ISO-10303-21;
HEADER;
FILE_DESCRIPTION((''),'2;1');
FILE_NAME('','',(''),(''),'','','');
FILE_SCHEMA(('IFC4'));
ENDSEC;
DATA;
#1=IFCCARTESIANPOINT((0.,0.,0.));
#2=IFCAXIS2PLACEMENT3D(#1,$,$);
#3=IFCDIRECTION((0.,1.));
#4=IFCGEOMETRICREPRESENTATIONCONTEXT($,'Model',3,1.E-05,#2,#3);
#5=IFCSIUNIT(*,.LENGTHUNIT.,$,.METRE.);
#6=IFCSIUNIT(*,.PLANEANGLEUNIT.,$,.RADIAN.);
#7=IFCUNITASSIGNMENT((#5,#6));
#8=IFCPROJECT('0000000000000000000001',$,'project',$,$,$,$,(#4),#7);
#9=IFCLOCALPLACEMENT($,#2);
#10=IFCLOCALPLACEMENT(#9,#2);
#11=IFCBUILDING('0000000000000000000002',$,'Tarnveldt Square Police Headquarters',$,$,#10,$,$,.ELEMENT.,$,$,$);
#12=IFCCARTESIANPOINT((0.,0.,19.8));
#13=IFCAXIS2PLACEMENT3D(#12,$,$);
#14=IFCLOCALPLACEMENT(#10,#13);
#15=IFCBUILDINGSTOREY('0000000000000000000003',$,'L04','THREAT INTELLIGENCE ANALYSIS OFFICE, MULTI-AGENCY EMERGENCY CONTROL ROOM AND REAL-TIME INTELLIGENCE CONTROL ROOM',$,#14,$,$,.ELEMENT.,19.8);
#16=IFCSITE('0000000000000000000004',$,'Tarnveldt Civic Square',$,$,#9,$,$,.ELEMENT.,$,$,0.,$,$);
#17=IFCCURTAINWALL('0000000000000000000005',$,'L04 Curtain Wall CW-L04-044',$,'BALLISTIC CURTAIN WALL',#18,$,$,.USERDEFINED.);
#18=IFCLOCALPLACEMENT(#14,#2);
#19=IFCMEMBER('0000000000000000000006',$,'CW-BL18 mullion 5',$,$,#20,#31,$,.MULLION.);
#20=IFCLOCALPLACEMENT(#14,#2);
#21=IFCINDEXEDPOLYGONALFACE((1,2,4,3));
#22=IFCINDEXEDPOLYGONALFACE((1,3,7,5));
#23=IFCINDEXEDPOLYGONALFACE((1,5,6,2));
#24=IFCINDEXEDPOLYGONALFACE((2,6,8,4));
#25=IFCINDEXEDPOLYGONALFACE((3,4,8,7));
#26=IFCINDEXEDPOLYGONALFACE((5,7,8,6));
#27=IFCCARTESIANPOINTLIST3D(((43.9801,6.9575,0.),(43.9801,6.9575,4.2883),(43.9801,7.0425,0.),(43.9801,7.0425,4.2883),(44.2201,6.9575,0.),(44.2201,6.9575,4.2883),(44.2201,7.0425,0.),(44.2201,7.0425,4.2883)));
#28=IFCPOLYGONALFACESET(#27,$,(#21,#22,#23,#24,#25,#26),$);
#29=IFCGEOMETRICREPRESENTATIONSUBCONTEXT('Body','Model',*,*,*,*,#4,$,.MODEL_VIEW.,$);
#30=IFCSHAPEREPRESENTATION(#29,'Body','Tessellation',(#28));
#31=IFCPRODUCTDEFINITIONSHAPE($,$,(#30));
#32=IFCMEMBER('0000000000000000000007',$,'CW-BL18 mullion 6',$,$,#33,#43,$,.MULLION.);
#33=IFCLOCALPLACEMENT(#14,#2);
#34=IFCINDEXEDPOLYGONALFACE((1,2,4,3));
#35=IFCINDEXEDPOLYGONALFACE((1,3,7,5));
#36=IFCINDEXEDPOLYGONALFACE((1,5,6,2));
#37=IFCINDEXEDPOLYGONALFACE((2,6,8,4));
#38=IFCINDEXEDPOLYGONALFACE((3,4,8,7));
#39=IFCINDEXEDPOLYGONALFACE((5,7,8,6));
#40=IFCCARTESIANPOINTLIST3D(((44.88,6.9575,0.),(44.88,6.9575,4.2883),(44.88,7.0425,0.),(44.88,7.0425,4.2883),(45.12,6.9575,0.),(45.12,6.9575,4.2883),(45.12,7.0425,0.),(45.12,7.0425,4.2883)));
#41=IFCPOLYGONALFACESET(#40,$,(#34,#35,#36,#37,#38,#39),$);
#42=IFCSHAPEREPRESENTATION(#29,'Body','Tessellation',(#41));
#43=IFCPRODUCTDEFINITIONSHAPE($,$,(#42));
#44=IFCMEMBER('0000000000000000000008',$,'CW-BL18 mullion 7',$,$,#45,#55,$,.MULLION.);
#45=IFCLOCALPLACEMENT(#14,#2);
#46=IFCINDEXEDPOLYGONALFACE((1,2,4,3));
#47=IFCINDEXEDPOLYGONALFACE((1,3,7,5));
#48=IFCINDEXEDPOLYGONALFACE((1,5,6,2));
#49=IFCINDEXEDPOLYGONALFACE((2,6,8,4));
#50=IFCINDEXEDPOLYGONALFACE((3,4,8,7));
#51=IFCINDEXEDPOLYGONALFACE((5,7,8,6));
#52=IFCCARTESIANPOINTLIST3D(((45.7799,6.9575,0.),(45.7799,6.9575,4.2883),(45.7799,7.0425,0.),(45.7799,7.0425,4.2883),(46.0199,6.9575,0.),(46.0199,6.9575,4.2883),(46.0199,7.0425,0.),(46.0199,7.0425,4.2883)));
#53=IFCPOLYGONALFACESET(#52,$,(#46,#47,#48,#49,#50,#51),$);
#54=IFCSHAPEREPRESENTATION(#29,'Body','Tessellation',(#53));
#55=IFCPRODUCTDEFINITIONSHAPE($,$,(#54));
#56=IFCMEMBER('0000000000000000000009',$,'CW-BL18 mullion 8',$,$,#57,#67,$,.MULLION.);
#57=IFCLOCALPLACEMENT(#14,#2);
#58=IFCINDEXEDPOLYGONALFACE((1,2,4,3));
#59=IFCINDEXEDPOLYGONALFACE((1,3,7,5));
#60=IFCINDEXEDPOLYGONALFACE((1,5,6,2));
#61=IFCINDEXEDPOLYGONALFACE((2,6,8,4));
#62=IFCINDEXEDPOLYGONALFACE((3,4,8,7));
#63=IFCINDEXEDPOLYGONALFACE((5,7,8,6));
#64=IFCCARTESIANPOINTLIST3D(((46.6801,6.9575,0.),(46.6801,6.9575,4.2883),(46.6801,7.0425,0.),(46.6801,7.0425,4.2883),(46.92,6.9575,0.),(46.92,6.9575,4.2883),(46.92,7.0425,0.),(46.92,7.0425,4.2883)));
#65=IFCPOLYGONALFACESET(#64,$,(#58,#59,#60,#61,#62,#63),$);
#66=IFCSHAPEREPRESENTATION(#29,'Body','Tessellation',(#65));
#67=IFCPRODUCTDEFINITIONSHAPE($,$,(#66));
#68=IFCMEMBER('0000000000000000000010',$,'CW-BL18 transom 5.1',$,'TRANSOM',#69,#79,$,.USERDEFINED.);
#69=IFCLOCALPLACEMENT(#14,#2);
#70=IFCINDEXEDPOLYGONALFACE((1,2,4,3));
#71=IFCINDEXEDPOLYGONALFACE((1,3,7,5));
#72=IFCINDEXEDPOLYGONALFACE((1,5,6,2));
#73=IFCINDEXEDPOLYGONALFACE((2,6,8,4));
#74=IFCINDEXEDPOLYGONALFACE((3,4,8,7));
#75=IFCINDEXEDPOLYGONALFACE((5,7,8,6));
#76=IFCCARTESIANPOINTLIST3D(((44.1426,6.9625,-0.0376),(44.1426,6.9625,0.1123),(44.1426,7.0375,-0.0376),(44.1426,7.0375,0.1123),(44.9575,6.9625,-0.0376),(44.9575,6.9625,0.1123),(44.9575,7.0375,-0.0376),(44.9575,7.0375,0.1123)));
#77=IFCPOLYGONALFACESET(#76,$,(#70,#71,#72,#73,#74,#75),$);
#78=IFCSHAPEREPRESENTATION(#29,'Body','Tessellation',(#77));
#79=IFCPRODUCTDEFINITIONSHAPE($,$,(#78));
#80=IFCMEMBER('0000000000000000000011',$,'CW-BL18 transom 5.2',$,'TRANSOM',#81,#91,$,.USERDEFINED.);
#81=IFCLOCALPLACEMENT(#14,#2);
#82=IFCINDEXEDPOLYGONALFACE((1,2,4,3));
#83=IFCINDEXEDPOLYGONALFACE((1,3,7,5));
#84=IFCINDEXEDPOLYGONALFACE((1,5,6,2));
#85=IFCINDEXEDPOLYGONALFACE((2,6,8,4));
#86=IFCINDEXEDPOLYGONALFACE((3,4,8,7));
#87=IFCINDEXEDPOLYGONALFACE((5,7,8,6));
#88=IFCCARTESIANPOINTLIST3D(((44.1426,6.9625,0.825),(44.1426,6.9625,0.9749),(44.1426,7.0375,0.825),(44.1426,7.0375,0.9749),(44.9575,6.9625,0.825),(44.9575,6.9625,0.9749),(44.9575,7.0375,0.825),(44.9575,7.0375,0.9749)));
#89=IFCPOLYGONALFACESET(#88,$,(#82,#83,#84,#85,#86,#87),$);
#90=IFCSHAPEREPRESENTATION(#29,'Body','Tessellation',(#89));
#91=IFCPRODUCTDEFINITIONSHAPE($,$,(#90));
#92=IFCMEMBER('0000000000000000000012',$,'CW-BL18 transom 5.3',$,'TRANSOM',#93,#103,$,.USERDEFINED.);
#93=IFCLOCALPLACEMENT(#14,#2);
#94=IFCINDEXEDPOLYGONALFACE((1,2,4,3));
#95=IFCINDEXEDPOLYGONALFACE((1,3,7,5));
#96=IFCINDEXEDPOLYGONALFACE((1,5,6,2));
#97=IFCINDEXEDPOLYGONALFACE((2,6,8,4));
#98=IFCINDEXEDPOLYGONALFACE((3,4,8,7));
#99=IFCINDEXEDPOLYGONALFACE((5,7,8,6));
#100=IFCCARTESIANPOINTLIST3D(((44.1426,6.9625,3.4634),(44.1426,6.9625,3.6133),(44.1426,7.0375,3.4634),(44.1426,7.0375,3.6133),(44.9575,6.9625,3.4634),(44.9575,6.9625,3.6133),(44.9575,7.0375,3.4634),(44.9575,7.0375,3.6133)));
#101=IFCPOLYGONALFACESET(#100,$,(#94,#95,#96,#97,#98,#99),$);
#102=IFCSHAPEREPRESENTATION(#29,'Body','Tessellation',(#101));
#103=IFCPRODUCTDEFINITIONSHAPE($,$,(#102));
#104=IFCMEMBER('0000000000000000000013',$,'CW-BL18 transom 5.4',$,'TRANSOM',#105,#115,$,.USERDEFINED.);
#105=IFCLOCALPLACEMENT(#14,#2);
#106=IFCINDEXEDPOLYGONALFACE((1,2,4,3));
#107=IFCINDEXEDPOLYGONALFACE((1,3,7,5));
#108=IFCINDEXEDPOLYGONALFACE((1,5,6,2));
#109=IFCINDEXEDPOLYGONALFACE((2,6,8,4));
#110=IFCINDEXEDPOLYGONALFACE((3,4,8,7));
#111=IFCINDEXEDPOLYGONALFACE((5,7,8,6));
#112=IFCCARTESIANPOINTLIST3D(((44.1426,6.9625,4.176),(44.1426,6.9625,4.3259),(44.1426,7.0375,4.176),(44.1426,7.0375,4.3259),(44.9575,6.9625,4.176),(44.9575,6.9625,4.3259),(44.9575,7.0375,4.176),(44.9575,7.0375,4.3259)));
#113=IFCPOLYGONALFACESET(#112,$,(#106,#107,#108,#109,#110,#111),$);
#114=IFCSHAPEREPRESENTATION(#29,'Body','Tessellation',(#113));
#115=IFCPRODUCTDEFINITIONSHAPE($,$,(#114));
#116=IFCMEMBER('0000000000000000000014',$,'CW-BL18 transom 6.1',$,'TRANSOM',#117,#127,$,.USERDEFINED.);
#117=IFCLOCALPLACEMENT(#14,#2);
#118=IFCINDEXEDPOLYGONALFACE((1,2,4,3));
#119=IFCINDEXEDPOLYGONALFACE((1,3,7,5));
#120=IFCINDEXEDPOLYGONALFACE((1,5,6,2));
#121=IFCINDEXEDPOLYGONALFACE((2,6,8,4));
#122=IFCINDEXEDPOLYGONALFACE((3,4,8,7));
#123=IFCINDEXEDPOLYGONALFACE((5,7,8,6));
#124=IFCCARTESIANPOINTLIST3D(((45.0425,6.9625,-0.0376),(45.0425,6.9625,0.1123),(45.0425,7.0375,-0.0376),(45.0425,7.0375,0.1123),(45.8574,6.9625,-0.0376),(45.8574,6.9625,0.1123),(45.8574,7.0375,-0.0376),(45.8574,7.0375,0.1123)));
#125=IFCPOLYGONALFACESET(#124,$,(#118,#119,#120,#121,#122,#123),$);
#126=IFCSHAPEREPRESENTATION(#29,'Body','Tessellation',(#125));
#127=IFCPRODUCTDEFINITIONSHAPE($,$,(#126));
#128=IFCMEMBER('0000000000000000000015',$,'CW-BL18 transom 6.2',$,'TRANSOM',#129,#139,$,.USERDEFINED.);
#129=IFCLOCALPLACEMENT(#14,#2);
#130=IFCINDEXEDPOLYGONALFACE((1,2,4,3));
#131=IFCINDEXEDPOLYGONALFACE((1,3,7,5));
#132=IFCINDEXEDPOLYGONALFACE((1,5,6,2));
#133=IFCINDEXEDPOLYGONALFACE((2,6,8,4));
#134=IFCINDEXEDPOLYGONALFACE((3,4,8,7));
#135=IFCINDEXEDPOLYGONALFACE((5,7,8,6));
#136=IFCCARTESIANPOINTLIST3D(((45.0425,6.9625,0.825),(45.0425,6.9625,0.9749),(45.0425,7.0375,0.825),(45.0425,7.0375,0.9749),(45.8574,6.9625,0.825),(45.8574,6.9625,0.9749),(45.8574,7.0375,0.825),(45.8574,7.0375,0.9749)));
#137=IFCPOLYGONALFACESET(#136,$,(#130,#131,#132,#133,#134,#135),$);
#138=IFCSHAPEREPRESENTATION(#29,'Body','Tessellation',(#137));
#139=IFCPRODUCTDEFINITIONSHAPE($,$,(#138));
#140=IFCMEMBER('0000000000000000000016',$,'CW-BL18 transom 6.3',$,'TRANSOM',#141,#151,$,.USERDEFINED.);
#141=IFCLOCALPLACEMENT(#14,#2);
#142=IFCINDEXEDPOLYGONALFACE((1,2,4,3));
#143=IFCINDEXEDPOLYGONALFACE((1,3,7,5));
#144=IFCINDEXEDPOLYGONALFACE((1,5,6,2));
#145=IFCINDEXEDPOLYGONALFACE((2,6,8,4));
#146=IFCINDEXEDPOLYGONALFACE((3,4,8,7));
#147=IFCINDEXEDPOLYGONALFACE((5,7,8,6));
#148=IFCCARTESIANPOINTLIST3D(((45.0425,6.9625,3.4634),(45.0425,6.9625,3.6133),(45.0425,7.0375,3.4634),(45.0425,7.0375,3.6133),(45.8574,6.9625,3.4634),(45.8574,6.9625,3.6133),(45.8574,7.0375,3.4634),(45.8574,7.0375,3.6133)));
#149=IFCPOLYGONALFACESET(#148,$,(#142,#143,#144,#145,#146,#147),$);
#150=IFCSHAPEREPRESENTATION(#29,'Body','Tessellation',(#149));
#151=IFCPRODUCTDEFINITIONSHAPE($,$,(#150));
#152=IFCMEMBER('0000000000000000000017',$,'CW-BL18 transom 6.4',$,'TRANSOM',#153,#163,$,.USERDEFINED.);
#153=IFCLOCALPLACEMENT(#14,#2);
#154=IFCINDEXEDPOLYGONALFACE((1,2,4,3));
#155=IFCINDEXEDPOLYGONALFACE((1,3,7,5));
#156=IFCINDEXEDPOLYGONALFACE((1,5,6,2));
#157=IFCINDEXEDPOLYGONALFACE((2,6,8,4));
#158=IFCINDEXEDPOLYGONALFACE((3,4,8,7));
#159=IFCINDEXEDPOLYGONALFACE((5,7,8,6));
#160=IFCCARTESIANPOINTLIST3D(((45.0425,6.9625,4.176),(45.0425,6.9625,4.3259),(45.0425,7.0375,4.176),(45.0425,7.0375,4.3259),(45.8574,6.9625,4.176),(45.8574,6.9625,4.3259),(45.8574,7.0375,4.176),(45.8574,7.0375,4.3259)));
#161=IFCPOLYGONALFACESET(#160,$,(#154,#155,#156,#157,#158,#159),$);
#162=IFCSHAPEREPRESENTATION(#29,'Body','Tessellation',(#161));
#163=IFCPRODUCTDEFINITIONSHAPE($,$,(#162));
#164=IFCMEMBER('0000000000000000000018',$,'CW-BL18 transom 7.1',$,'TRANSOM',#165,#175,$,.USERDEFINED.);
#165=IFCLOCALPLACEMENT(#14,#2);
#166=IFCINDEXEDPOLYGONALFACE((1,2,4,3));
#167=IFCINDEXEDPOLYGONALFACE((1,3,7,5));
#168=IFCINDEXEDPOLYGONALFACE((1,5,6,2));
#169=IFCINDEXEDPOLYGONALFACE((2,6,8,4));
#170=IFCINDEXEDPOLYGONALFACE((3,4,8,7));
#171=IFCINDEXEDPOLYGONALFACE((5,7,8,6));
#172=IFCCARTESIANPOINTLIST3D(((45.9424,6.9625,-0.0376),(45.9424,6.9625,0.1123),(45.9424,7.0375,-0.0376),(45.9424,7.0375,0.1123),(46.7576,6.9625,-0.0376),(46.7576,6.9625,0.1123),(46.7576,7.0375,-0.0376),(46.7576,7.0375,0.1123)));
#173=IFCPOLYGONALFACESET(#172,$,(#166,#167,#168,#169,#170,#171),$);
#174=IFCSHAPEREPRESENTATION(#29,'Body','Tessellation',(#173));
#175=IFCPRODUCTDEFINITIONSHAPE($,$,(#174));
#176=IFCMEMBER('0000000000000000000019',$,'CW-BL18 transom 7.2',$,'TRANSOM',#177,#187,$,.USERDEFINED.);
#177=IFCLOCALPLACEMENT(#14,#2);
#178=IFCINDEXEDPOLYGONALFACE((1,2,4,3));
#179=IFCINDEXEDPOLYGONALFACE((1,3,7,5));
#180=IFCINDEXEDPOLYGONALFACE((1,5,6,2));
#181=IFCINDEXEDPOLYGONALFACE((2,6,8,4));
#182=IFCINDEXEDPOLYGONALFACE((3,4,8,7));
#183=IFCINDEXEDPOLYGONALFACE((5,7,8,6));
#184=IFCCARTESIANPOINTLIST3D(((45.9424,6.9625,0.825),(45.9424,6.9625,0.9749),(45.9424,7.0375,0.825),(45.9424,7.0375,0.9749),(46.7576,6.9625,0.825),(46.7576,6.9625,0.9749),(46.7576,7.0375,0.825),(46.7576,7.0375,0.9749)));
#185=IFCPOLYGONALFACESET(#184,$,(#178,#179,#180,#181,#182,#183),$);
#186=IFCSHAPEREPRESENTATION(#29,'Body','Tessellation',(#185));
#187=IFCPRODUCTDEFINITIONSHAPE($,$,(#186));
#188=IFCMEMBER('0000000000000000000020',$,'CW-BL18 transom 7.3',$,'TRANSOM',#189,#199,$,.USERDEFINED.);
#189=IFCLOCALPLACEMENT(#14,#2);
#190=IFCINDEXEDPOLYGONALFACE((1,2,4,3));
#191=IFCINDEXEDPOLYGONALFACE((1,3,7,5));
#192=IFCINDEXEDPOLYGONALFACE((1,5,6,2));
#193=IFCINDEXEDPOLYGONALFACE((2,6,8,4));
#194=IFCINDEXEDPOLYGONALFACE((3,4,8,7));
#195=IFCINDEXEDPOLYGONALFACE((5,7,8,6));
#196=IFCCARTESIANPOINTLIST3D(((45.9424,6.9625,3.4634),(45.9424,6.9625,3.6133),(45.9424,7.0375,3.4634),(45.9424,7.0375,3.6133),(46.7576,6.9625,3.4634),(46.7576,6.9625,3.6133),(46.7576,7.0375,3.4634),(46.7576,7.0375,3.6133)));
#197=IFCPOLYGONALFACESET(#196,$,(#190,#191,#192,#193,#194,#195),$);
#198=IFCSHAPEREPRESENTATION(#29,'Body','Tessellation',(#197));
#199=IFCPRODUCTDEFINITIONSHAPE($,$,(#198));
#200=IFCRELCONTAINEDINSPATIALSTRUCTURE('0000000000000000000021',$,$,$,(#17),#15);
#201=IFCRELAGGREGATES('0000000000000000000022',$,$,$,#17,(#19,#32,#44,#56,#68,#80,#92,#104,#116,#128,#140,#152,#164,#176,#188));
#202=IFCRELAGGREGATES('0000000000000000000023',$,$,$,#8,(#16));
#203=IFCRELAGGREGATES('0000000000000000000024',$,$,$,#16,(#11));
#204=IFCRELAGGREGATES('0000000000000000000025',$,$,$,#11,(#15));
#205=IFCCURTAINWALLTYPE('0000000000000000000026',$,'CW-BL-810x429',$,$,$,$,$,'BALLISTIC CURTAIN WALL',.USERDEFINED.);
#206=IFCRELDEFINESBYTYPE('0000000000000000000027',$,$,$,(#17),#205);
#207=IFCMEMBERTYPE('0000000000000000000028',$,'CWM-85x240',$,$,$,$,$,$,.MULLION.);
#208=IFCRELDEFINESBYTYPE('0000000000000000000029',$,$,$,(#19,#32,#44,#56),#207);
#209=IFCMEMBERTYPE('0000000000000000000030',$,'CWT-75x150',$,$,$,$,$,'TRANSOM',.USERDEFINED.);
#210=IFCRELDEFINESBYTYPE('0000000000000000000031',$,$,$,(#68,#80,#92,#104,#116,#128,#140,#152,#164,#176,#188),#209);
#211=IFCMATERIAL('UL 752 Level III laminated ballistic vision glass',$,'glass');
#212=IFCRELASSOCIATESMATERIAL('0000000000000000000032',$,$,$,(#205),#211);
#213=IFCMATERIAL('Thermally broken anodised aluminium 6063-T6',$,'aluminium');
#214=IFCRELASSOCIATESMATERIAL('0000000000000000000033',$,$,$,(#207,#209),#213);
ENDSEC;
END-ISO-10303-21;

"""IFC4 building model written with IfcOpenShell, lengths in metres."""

from ifc_helpers import new_model, si_unit, direction, frame, origin, origin_2d, place, context, subcontext, project, spatial, rectangle, extrude, material, material_profile, profile_set, type_object, element, aggregate, save


model = new_model("IFC4")

# Units and contexts
model_context = context("Model", 3, precision=1e-05, world=origin(), true_north=direction((0.0, 1.0)))
body_context = subcontext(model_context, "Body", "Model", "MODEL_VIEW")
ifc_project = project(units=[si_unit("LENGTHUNIT", "METRE"), si_unit("PLANEANGLEUNIT", "RADIAN")], contexts=[model_context])

# Site, building, storey
site_placement = place(None, origin())
site = spatial("IfcSite", under=ifc_project, at=site_placement, Name="Tarnveldt Civic Square", CompositionType="ELEMENT", RefElevation=0.0)
building_placement = place(site_placement, origin())
building = spatial("IfcBuilding", under=site, at=building_placement, Name="Tarnveldt Square Police Headquarters", CompositionType="ELEMENT")
storey_placement = place(building_placement, frame((0.0, 0.0, 19.8)))
storey = spatial("IfcBuildingStorey", under=building, at=storey_placement, Name="L04", Description="THREAT INTELLIGENCE ANALYSIS OFFICE, MULTI-AGENCY EMERGENCY CONTROL ROOM AND REAL-TIME INTELLIGENCE CONTROL ROOM", CompositionType="ELEMENT", Elevation=19.8)

# Curtain wall, members
ifc_material_1 = material(Name="UL 752 Level III laminated ballistic vision glass", Category="glass")
curtain_wall_type = type_object("IfcCurtainWallType", Name="CW-BL-810x429", ElementType="BALLISTIC CURTAIN WALL", PredefinedType="USERDEFINED", material=ifc_material_1)
curtain_wall_placement = place(storey_placement, origin())
curtain_wall = element("IfcCurtainWall", 1, at=curtain_wall_placement, inside=storey, type_object=curtain_wall_type, Name="L04 Curtain Wall CW-L04-044", ObjectType="BALLISTIC CURTAIN WALL", PredefinedType="USERDEFINED")
ifc_material_2 = material(Name="Thermally broken anodised aluminium 6063-T6", Category="aluminium")
ifc_material_profile_1 = material_profile(ifc_material_2, rectangle(XDim=0.085, YDim=0.24, at=origin_2d()), Name="CW-M85x240")
ifc_profile_set_1 = profile_set([ifc_material_profile_1], Name="Thermally broken anodised aluminium 6063-T6")
member_type_1 = type_object("IfcMemberType", Name="CWM-85x240", PredefinedType="MULLION", material=ifc_profile_set_1)
member_1_placement = place(storey_placement, frame((44.1001, 7.0, 0.0), z_axis=(0.0, 0.0, 1.0), x_axis=(0.0, 1.0, 0.0)))
member_1 = element("IfcMember", 2, at=member_1_placement, type_object=member_type_1, Name="CW-BL18 mullion 5", PredefinedType="MULLION", context=body_context, shape_type="SweptSolid", body=[
    extrude(rectangle(XDim=0.085, YDim=0.24, at=origin_2d()), origin(), (0.0, 0.0, 1.0), 4.2883),
])
member_2_placement = place(storey_placement, frame((45.0, 7.0, 0.0), z_axis=(0.0, 0.0, 1.0), x_axis=(0.0, 1.0, 0.0)))
member_2 = element("IfcMember", 3, at=member_2_placement, type_object=member_type_1, Name="CW-BL18 mullion 6", PredefinedType="MULLION", context=body_context, shape_type="SweptSolid", body=[
    extrude(rectangle(XDim=0.085, YDim=0.24, at=origin_2d()), origin(), (0.0, 0.0, 1.0), 4.2883),
])
member_3_placement = place(storey_placement, frame((45.8999, 7.0, 0.0), z_axis=(0.0, 0.0, 1.0), x_axis=(0.0, 1.0, 0.0)))
member_3 = element("IfcMember", 4, at=member_3_placement, type_object=member_type_1, Name="CW-BL18 mullion 7", PredefinedType="MULLION", context=body_context, shape_type="SweptSolid", body=[
    extrude(rectangle(XDim=0.085, YDim=0.24, at=origin_2d()), origin(), (0.0, 0.0, 1.0), 4.2883),
])
member_4_placement = place(storey_placement, frame((46.8, 7.0, 0.0), z_axis=(0.0, 0.0, 1.0), x_axis=(0.0, 1.0, 0.0)))
member_4 = element("IfcMember", 5, at=member_4_placement, type_object=member_type_1, Name="CW-BL18 mullion 8", PredefinedType="MULLION", context=body_context, shape_type="SweptSolid", body=[
    extrude(rectangle(XDim=0.085, YDim=0.24, at=origin_2d()), origin(), (0.0, 0.0, 1.0), 4.2883),
])
ifc_material_profile_2 = material_profile(ifc_material_2, rectangle(XDim=0.075, YDim=0.1499, at=origin_2d()), Name="CW-T75x150")
ifc_profile_set_2 = profile_set([ifc_material_profile_2], Name="Thermally broken anodised aluminium 6063-T6")
member_type_2 = type_object("IfcMemberType", Name="CWT-75x150", ElementType="TRANSOM", PredefinedType="USERDEFINED", material=ifc_profile_set_2)
member_5_placement = place(storey_placement, frame((44.1426, 7.0, 0.0374), z_axis=(1.0, 0.0, 0.0), x_axis=(0.0, 1.0, 0.0)))
member_5 = element("IfcMember", 6, at=member_5_placement, type_object=member_type_2, Name="CW-BL18 transom 5.1", ObjectType="TRANSOM", PredefinedType="USERDEFINED", context=body_context, shape_type="SweptSolid", body=[
    extrude(rectangle(XDim=0.075, YDim=0.1499, at=origin_2d()), origin(), (0.0, 0.0, 1.0), 0.8149),
])
member_6_placement = place(storey_placement, frame((44.1426, 7.0, 0.8999), z_axis=(1.0, 0.0, 0.0), x_axis=(0.0, 1.0, 0.0)))
member_6 = element("IfcMember", 7, at=member_6_placement, type_object=member_type_2, Name="CW-BL18 transom 5.2", ObjectType="TRANSOM", PredefinedType="USERDEFINED", context=body_context, shape_type="SweptSolid", body=[
    extrude(rectangle(XDim=0.075, YDim=0.1499, at=origin_2d()), origin(), (0.0, 0.0, 1.0), 0.8149),
])
member_7_placement = place(storey_placement, frame((44.1426, 7.0, 3.5383), z_axis=(1.0, 0.0, 0.0), x_axis=(0.0, 1.0, 0.0)))
member_7 = element("IfcMember", 8, at=member_7_placement, type_object=member_type_2, Name="CW-BL18 transom 5.3", ObjectType="TRANSOM", PredefinedType="USERDEFINED", context=body_context, shape_type="SweptSolid", body=[
    extrude(rectangle(XDim=0.075, YDim=0.1499, at=origin_2d()), origin(), (0.0, 0.0, 1.0), 0.8149),
])
member_8_placement = place(storey_placement, frame((44.1426, 7.0, 4.251), z_axis=(1.0, 0.0, 0.0), x_axis=(0.0, 1.0, 0.0)))
member_8 = element("IfcMember", 9, at=member_8_placement, type_object=member_type_2, Name="CW-BL18 transom 5.4", ObjectType="TRANSOM", PredefinedType="USERDEFINED", context=body_context, shape_type="SweptSolid", body=[
    extrude(rectangle(XDim=0.075, YDim=0.1499, at=origin_2d()), origin(), (0.0, 0.0, 1.0), 0.8149),
])
member_9_placement = place(storey_placement, frame((45.0425, 7.0, 0.0374), z_axis=(1.0, 0.0, 0.0), x_axis=(0.0, 1.0, 0.0)))
member_9 = element("IfcMember", 10, at=member_9_placement, type_object=member_type_2, Name="CW-BL18 transom 6.1", ObjectType="TRANSOM", PredefinedType="USERDEFINED", context=body_context, shape_type="SweptSolid", body=[
    extrude(rectangle(XDim=0.075, YDim=0.1499, at=origin_2d()), origin(), (0.0, 0.0, 1.0), 0.8149),
])
member_10_placement = place(storey_placement, frame((45.0425, 7.0, 0.8999), z_axis=(1.0, 0.0, 0.0), x_axis=(0.0, 1.0, 0.0)))
member_10 = element("IfcMember", 11, at=member_10_placement, type_object=member_type_2, Name="CW-BL18 transom 6.2", ObjectType="TRANSOM", PredefinedType="USERDEFINED", context=body_context, shape_type="SweptSolid", body=[
    extrude(rectangle(XDim=0.075, YDim=0.1499, at=origin_2d()), origin(), (0.0, 0.0, 1.0), 0.8149),
])
member_11_placement = place(storey_placement, frame((45.0425, 7.0, 3.5383), z_axis=(1.0, 0.0, 0.0), x_axis=(0.0, 1.0, 0.0)))
member_11 = element("IfcMember", 12, at=member_11_placement, type_object=member_type_2, Name="CW-BL18 transom 6.3", ObjectType="TRANSOM", PredefinedType="USERDEFINED", context=body_context, shape_type="SweptSolid", body=[
    extrude(rectangle(XDim=0.075, YDim=0.1499, at=origin_2d()), origin(), (0.0, 0.0, 1.0), 0.8149),
])
member_12_placement = place(storey_placement, frame((45.0425, 7.0, 4.251), z_axis=(1.0, 0.0, 0.0), x_axis=(0.0, 1.0, 0.0)))
member_12 = element("IfcMember", 13, at=member_12_placement, type_object=member_type_2, Name="CW-BL18 transom 6.4", ObjectType="TRANSOM", PredefinedType="USERDEFINED", context=body_context, shape_type="SweptSolid", body=[
    extrude(rectangle(XDim=0.075, YDim=0.1499, at=origin_2d()), origin(), (0.0, 0.0, 1.0), 0.8149),
])
member_13_placement = place(storey_placement, frame((45.9424, 7.0, 0.0374), z_axis=(1.0, 0.0, 0.0), x_axis=(0.0, 1.0, 0.0)))
member_13 = element("IfcMember", 14, at=member_13_placement, type_object=member_type_2, Name="CW-BL18 transom 7.1", ObjectType="TRANSOM", PredefinedType="USERDEFINED", context=body_context, shape_type="SweptSolid", body=[
    extrude(rectangle(XDim=0.075, YDim=0.1499, at=origin_2d()), origin(), (0.0, 0.0, 1.0), 0.8152),
])
member_14_placement = place(storey_placement, frame((45.9424, 7.0, 0.8999), z_axis=(1.0, 0.0, 0.0), x_axis=(0.0, 1.0, 0.0)))
member_14 = element("IfcMember", 15, at=member_14_placement, type_object=member_type_2, Name="CW-BL18 transom 7.2", ObjectType="TRANSOM", PredefinedType="USERDEFINED", context=body_context, shape_type="SweptSolid", body=[
    extrude(rectangle(XDim=0.075, YDim=0.1499, at=origin_2d()), origin(), (0.0, 0.0, 1.0), 0.8152),
])
member_15_placement = place(storey_placement, frame((45.9424, 7.0, 3.5383), z_axis=(1.0, 0.0, 0.0), x_axis=(0.0, 1.0, 0.0)))
member_15 = element("IfcMember", 16, at=member_15_placement, type_object=member_type_2, Name="CW-BL18 transom 7.3", ObjectType="TRANSOM", PredefinedType="USERDEFINED", context=body_context, shape_type="SweptSolid", body=[
    extrude(rectangle(XDim=0.075, YDim=0.1499, at=origin_2d()), origin(), (0.0, 0.0, 1.0), 0.8152),
])

aggregate(curtain_wall, [member_1, member_2, member_3, member_4, member_5, member_6, member_7, member_8, member_9, member_10, member_11, member_12, member_13, member_14, member_15])

save(model, "model.ifc")
